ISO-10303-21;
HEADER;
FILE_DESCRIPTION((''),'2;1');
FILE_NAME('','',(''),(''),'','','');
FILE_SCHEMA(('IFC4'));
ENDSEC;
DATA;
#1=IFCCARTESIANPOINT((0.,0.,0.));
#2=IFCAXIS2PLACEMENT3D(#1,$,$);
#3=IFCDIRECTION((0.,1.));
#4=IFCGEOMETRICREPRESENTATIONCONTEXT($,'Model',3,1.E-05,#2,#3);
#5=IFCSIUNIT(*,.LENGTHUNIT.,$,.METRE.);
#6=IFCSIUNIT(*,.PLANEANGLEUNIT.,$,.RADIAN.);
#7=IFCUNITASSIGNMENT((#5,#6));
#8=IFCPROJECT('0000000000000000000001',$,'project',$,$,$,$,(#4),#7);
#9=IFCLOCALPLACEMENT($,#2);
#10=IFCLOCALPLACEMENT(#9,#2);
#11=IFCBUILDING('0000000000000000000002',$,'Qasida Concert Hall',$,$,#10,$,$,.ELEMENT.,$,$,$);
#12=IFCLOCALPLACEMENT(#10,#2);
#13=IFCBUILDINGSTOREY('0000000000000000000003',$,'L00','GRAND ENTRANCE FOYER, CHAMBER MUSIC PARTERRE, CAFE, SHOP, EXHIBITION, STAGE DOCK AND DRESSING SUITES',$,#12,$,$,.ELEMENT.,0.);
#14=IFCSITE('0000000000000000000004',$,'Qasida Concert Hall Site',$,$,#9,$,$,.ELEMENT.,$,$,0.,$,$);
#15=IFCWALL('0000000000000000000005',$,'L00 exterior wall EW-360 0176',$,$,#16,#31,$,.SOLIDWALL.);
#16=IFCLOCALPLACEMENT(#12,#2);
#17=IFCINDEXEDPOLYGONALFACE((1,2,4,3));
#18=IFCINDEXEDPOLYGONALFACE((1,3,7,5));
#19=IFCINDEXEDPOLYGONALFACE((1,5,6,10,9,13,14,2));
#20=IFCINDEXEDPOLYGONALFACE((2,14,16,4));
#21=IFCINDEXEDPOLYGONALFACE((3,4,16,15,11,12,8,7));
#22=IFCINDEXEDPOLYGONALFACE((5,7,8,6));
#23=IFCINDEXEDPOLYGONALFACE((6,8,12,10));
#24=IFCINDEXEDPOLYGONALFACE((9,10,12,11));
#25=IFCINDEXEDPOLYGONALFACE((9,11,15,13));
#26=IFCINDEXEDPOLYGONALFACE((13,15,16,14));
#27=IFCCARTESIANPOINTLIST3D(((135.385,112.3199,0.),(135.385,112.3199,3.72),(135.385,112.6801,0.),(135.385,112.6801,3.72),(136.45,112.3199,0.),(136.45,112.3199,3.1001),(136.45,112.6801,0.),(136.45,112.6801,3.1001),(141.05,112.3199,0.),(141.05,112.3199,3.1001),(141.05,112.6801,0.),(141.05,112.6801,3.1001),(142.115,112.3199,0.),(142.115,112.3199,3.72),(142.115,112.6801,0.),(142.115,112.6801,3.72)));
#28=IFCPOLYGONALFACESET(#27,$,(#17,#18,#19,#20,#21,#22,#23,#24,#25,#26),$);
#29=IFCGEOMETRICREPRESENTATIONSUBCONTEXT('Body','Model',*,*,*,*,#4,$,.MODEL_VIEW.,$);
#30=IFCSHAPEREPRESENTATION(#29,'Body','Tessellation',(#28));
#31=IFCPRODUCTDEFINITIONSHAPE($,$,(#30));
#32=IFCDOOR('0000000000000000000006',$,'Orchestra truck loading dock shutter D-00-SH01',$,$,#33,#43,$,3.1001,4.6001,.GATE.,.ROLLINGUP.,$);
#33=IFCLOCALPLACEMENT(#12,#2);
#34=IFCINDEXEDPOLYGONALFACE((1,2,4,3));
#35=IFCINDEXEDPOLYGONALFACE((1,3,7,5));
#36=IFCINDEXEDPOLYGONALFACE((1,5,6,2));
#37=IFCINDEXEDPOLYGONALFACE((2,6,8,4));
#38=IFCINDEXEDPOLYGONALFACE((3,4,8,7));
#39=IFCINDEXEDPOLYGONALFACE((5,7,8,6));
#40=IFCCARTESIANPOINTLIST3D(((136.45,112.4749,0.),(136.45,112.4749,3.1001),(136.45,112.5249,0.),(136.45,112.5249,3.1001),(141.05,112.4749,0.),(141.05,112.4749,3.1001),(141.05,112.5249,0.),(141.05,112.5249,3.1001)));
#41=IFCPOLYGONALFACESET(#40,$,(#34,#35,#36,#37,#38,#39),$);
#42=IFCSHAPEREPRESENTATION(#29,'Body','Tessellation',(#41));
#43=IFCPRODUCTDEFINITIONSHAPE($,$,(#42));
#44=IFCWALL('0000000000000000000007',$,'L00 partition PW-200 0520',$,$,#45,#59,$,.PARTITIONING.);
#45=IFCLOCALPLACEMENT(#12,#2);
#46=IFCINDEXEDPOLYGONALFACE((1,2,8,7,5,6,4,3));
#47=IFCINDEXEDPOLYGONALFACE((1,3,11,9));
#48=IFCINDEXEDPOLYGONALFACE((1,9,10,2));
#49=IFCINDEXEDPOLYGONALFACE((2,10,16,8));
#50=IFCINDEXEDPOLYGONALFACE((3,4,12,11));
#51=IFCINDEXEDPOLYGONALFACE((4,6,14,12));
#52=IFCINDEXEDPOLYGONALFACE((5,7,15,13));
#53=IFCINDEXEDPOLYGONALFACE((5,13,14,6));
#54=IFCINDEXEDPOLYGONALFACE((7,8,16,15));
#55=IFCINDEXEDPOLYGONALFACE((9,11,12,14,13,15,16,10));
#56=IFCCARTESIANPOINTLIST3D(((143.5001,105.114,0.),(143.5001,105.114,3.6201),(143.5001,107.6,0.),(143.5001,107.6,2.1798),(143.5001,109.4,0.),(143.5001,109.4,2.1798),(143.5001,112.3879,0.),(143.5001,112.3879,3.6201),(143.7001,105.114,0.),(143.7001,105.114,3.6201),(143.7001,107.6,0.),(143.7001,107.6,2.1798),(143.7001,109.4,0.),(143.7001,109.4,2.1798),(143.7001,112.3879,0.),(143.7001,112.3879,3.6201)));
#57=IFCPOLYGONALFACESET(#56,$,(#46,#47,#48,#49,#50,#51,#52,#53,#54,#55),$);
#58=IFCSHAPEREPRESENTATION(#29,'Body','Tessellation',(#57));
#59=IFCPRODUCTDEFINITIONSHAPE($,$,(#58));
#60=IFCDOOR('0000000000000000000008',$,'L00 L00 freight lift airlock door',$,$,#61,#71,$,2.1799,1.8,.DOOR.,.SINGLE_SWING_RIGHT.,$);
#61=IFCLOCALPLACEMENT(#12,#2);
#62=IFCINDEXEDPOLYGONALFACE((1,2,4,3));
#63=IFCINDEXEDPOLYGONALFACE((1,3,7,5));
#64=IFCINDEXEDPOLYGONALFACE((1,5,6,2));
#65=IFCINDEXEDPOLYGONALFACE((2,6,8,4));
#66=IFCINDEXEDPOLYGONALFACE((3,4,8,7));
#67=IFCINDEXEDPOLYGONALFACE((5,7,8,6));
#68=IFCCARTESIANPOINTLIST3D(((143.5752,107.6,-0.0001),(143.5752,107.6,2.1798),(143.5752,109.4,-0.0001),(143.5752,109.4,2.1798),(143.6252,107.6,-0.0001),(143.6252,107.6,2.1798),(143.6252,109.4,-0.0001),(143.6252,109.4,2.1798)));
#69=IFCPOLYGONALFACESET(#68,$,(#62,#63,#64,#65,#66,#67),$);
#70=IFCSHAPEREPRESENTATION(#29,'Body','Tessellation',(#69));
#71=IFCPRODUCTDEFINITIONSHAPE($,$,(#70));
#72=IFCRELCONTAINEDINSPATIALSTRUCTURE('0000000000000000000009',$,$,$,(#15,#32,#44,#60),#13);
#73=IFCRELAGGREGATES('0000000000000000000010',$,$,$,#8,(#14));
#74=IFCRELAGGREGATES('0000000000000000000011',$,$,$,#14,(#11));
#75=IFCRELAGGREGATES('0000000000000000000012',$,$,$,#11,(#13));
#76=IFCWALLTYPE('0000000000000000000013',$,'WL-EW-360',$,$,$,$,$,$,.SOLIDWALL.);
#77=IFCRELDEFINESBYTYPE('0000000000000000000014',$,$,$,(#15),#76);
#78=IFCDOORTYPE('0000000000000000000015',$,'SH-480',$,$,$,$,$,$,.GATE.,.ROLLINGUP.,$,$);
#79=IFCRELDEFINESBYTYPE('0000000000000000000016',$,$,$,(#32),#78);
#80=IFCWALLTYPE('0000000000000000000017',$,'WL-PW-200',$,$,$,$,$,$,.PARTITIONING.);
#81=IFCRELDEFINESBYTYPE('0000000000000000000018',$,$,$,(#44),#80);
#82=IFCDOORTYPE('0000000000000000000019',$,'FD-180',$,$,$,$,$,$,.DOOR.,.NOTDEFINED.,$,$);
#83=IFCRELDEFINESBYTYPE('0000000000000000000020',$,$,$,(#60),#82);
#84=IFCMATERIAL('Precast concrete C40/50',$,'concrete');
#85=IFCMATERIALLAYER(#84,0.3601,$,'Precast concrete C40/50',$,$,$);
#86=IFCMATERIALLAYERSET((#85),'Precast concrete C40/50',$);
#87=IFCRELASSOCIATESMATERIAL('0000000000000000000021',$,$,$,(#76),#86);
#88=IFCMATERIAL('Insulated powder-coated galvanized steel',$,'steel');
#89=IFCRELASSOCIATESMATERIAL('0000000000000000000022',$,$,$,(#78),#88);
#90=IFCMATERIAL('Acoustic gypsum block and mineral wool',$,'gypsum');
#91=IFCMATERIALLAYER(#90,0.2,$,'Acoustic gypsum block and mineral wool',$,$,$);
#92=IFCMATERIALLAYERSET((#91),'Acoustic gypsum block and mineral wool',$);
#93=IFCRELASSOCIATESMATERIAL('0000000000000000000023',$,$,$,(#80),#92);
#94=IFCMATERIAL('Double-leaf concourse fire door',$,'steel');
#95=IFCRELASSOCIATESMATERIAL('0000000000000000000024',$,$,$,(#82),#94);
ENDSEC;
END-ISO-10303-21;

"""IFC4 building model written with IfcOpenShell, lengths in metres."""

from ifc_helpers import new_model, si_unit, direction, frame, frame_2d, origin, place, context, subcontext, project, spatial, rectangle, extrude, material, layer, layer_set, type_object, element, fill, save


model = new_model("IFC4")

# Units and contexts
model_context = context("Model", 3, precision=1e-05, world=origin(), true_north=direction((0.0, 1.0)))
body_context = subcontext(model_context, "Body", "Model", "MODEL_VIEW")
ifc_project = project(units=[si_unit("LENGTHUNIT", "METRE"), si_unit("PLANEANGLEUNIT", "RADIAN")], contexts=[model_context])

# Site, building, storey
site_placement = place(None, origin())
site = spatial("IfcSite", under=ifc_project, at=site_placement, Name="Qasida Concert Hall Site", CompositionType="ELEMENT", RefElevation=0.0)
building_placement = place(site_placement, origin())
building = spatial("IfcBuilding", under=site, at=building_placement, Name="Qasida Concert Hall", CompositionType="ELEMENT")
storey_placement = place(building_placement, origin())
storey = spatial("IfcBuildingStorey", under=building, at=storey_placement, Name="L00", Description="GRAND ENTRANCE FOYER, CHAMBER MUSIC PARTERRE, CAFE, SHOP, EXHIBITION, STAGE DOCK AND DRESSING SUITES", CompositionType="ELEMENT", Elevation=0.0)

# Walls, openings, doors
ifc_material_1 = material(Name="Precast concrete C40/50", Category="concrete")
ifc_layer_1 = layer(ifc_material_1, 0.3601, Name="Precast concrete C40/50")
ifc_layer_set_1 = layer_set([ifc_layer_1], Name="Precast concrete C40/50")
wall_type_1 = type_object("IfcWallType", Name="WL-EW-360", PredefinedType="SOLIDWALL", material=ifc_layer_set_1)
wall_1_placement = place(storey_placement, frame((135.385, 112.5, 0.0), z_axis=(0.0, 0.0, 1.0), x_axis=(1.0, 0.0, 0.0)))
wall_1 = element("IfcWall", 1, at=wall_1_placement, inside=storey, type_object=wall_type_1, Name="L00 exterior wall EW-360 0176", PredefinedType="SOLIDWALL", context=body_context, shape_type="SweptSolid", body=[
    extrude(rectangle(XDim=6.73, YDim=0.3601, at=frame_2d((3.365, 0.0))), origin(), (0.0, 0.0, 1.0), 3.72),
])
opening_1_placement = place(wall_1_placement, frame((1.0649, 0.0, 0.0)))
opening_1 = element("IfcOpeningElement", 2, at=opening_1_placement, cuts=wall_1, PredefinedType="OPENING", context=body_context, shape_type="SweptSolid", body=[
    extrude(rectangle(XDim=4.6001, YDim=3.1001, at=frame_2d((2.3, 1.55))), frame((0.0, 0.1899, 0.0), z_axis=(0.0, -1.0, 0.0), x_axis=(1.0, 0.0, 0.0)), (0.0, 0.0, 1.0), 0.3801),
])
ifc_material_2 = material(Name="Insulated powder-coated galvanized steel", Category="steel")
door_type_1 = type_object("IfcDoorType", Name="SH-480", OperationType="ROLLINGUP", PredefinedType="GATE", material=ifc_material_2)
door_1_placement = place(opening_1_placement, origin())
door_1 = element("IfcDoor", 3, at=door_1_placement, inside=storey, type_object=door_type_1, Name="Orchestra truck loading dock shutter D-00-SH01", OperationType="ROLLINGUP", OverallHeight=3.1001, OverallWidth=4.6001, PredefinedType="GATE", context=body_context, shape_type="SweptSolid", body=[
    extrude(rectangle(XDim=4.6001, YDim=3.1001, at=frame_2d((2.3, 1.55))), frame((0.0, 0.0249, 0.0), z_axis=(0.0, -1.0, 0.0), x_axis=(1.0, 0.0, 0.0)), (0.0, 0.0, 1.0), 0.05),
])
fill(opening_1, door_1)
ifc_material_3 = material(Name="Acoustic gypsum block and mineral wool", Category="gypsum")
ifc_layer_2 = layer(ifc_material_3, 0.2, Name="Acoustic gypsum block and mineral wool")
ifc_layer_set_2 = layer_set([ifc_layer_2], Name="Acoustic gypsum block and mineral wool")
wall_type_2 = type_object("IfcWallType", Name="WL-PW-200", PredefinedType="PARTITIONING", material=ifc_layer_set_2)
wall_2_placement = place(storey_placement, frame((143.6001, 105.114, 0.0), z_axis=(0.0, 0.0, 1.0), x_axis=(0.0, 1.0, 0.0)))
wall_2 = element("IfcWall", 4, at=wall_2_placement, inside=storey, type_object=wall_type_2, Name="L00 partition PW-200 0520", PredefinedType="PARTITIONING", context=body_context, shape_type="SweptSolid", body=[
    extrude(rectangle(XDim=7.2739, YDim=0.2, at=frame_2d((3.637, 0.0))), origin(), (0.0, 0.0, 1.0), 3.6201),
])
opening_2_placement = place(wall_2_placement, frame((2.4861, 0.0, 0.0)))
opening_2 = element("IfcOpeningElement", 5, at=opening_2_placement, cuts=wall_2, PredefinedType="OPENING", context=body_context, shape_type="SweptSolid", body=[
    extrude(rectangle(XDim=1.8, YDim=2.1799, at=frame_2d((0.8999, 1.0898))), frame((0.0, 0.1099, 0.0), z_axis=(0.0, -1.0, 0.0), x_axis=(1.0, 0.0, 0.0)), (0.0, 0.0, 1.0), 0.22),
])
ifc_material_4 = material(Name="Double-leaf concourse fire door", Category="steel")
door_type_2 = type_object("IfcDoorType", Name="FD-180", OperationType="NOTDEFINED", PredefinedType="DOOR", material=ifc_material_4)
door_2_placement = place(opening_2_placement, origin())
door_2 = element("IfcDoor", 6, at=door_2_placement, inside=storey, type_object=door_type_2, Name="L00 L00 freight lift airlock door", OperationType="SINGLE_SWING_RIGHT", OverallHeight=2.1799, OverallWidth=1.8, PredefinedType="DOOR", context=body_context, shape_type="SweptSolid", body=[
    extrude(rectangle(XDim=1.8, YDim=2.1799, at=frame_2d((0.8999, 1.0898))), frame((0.0, 0.0249, 0.0), z_axis=(0.0, -1.0, 0.0), x_axis=(1.0, 0.0, 0.0)), (0.0, 0.0, 1.0), 0.05),
])
fill(opening_2, door_2)

save(model, "model.ifc")
